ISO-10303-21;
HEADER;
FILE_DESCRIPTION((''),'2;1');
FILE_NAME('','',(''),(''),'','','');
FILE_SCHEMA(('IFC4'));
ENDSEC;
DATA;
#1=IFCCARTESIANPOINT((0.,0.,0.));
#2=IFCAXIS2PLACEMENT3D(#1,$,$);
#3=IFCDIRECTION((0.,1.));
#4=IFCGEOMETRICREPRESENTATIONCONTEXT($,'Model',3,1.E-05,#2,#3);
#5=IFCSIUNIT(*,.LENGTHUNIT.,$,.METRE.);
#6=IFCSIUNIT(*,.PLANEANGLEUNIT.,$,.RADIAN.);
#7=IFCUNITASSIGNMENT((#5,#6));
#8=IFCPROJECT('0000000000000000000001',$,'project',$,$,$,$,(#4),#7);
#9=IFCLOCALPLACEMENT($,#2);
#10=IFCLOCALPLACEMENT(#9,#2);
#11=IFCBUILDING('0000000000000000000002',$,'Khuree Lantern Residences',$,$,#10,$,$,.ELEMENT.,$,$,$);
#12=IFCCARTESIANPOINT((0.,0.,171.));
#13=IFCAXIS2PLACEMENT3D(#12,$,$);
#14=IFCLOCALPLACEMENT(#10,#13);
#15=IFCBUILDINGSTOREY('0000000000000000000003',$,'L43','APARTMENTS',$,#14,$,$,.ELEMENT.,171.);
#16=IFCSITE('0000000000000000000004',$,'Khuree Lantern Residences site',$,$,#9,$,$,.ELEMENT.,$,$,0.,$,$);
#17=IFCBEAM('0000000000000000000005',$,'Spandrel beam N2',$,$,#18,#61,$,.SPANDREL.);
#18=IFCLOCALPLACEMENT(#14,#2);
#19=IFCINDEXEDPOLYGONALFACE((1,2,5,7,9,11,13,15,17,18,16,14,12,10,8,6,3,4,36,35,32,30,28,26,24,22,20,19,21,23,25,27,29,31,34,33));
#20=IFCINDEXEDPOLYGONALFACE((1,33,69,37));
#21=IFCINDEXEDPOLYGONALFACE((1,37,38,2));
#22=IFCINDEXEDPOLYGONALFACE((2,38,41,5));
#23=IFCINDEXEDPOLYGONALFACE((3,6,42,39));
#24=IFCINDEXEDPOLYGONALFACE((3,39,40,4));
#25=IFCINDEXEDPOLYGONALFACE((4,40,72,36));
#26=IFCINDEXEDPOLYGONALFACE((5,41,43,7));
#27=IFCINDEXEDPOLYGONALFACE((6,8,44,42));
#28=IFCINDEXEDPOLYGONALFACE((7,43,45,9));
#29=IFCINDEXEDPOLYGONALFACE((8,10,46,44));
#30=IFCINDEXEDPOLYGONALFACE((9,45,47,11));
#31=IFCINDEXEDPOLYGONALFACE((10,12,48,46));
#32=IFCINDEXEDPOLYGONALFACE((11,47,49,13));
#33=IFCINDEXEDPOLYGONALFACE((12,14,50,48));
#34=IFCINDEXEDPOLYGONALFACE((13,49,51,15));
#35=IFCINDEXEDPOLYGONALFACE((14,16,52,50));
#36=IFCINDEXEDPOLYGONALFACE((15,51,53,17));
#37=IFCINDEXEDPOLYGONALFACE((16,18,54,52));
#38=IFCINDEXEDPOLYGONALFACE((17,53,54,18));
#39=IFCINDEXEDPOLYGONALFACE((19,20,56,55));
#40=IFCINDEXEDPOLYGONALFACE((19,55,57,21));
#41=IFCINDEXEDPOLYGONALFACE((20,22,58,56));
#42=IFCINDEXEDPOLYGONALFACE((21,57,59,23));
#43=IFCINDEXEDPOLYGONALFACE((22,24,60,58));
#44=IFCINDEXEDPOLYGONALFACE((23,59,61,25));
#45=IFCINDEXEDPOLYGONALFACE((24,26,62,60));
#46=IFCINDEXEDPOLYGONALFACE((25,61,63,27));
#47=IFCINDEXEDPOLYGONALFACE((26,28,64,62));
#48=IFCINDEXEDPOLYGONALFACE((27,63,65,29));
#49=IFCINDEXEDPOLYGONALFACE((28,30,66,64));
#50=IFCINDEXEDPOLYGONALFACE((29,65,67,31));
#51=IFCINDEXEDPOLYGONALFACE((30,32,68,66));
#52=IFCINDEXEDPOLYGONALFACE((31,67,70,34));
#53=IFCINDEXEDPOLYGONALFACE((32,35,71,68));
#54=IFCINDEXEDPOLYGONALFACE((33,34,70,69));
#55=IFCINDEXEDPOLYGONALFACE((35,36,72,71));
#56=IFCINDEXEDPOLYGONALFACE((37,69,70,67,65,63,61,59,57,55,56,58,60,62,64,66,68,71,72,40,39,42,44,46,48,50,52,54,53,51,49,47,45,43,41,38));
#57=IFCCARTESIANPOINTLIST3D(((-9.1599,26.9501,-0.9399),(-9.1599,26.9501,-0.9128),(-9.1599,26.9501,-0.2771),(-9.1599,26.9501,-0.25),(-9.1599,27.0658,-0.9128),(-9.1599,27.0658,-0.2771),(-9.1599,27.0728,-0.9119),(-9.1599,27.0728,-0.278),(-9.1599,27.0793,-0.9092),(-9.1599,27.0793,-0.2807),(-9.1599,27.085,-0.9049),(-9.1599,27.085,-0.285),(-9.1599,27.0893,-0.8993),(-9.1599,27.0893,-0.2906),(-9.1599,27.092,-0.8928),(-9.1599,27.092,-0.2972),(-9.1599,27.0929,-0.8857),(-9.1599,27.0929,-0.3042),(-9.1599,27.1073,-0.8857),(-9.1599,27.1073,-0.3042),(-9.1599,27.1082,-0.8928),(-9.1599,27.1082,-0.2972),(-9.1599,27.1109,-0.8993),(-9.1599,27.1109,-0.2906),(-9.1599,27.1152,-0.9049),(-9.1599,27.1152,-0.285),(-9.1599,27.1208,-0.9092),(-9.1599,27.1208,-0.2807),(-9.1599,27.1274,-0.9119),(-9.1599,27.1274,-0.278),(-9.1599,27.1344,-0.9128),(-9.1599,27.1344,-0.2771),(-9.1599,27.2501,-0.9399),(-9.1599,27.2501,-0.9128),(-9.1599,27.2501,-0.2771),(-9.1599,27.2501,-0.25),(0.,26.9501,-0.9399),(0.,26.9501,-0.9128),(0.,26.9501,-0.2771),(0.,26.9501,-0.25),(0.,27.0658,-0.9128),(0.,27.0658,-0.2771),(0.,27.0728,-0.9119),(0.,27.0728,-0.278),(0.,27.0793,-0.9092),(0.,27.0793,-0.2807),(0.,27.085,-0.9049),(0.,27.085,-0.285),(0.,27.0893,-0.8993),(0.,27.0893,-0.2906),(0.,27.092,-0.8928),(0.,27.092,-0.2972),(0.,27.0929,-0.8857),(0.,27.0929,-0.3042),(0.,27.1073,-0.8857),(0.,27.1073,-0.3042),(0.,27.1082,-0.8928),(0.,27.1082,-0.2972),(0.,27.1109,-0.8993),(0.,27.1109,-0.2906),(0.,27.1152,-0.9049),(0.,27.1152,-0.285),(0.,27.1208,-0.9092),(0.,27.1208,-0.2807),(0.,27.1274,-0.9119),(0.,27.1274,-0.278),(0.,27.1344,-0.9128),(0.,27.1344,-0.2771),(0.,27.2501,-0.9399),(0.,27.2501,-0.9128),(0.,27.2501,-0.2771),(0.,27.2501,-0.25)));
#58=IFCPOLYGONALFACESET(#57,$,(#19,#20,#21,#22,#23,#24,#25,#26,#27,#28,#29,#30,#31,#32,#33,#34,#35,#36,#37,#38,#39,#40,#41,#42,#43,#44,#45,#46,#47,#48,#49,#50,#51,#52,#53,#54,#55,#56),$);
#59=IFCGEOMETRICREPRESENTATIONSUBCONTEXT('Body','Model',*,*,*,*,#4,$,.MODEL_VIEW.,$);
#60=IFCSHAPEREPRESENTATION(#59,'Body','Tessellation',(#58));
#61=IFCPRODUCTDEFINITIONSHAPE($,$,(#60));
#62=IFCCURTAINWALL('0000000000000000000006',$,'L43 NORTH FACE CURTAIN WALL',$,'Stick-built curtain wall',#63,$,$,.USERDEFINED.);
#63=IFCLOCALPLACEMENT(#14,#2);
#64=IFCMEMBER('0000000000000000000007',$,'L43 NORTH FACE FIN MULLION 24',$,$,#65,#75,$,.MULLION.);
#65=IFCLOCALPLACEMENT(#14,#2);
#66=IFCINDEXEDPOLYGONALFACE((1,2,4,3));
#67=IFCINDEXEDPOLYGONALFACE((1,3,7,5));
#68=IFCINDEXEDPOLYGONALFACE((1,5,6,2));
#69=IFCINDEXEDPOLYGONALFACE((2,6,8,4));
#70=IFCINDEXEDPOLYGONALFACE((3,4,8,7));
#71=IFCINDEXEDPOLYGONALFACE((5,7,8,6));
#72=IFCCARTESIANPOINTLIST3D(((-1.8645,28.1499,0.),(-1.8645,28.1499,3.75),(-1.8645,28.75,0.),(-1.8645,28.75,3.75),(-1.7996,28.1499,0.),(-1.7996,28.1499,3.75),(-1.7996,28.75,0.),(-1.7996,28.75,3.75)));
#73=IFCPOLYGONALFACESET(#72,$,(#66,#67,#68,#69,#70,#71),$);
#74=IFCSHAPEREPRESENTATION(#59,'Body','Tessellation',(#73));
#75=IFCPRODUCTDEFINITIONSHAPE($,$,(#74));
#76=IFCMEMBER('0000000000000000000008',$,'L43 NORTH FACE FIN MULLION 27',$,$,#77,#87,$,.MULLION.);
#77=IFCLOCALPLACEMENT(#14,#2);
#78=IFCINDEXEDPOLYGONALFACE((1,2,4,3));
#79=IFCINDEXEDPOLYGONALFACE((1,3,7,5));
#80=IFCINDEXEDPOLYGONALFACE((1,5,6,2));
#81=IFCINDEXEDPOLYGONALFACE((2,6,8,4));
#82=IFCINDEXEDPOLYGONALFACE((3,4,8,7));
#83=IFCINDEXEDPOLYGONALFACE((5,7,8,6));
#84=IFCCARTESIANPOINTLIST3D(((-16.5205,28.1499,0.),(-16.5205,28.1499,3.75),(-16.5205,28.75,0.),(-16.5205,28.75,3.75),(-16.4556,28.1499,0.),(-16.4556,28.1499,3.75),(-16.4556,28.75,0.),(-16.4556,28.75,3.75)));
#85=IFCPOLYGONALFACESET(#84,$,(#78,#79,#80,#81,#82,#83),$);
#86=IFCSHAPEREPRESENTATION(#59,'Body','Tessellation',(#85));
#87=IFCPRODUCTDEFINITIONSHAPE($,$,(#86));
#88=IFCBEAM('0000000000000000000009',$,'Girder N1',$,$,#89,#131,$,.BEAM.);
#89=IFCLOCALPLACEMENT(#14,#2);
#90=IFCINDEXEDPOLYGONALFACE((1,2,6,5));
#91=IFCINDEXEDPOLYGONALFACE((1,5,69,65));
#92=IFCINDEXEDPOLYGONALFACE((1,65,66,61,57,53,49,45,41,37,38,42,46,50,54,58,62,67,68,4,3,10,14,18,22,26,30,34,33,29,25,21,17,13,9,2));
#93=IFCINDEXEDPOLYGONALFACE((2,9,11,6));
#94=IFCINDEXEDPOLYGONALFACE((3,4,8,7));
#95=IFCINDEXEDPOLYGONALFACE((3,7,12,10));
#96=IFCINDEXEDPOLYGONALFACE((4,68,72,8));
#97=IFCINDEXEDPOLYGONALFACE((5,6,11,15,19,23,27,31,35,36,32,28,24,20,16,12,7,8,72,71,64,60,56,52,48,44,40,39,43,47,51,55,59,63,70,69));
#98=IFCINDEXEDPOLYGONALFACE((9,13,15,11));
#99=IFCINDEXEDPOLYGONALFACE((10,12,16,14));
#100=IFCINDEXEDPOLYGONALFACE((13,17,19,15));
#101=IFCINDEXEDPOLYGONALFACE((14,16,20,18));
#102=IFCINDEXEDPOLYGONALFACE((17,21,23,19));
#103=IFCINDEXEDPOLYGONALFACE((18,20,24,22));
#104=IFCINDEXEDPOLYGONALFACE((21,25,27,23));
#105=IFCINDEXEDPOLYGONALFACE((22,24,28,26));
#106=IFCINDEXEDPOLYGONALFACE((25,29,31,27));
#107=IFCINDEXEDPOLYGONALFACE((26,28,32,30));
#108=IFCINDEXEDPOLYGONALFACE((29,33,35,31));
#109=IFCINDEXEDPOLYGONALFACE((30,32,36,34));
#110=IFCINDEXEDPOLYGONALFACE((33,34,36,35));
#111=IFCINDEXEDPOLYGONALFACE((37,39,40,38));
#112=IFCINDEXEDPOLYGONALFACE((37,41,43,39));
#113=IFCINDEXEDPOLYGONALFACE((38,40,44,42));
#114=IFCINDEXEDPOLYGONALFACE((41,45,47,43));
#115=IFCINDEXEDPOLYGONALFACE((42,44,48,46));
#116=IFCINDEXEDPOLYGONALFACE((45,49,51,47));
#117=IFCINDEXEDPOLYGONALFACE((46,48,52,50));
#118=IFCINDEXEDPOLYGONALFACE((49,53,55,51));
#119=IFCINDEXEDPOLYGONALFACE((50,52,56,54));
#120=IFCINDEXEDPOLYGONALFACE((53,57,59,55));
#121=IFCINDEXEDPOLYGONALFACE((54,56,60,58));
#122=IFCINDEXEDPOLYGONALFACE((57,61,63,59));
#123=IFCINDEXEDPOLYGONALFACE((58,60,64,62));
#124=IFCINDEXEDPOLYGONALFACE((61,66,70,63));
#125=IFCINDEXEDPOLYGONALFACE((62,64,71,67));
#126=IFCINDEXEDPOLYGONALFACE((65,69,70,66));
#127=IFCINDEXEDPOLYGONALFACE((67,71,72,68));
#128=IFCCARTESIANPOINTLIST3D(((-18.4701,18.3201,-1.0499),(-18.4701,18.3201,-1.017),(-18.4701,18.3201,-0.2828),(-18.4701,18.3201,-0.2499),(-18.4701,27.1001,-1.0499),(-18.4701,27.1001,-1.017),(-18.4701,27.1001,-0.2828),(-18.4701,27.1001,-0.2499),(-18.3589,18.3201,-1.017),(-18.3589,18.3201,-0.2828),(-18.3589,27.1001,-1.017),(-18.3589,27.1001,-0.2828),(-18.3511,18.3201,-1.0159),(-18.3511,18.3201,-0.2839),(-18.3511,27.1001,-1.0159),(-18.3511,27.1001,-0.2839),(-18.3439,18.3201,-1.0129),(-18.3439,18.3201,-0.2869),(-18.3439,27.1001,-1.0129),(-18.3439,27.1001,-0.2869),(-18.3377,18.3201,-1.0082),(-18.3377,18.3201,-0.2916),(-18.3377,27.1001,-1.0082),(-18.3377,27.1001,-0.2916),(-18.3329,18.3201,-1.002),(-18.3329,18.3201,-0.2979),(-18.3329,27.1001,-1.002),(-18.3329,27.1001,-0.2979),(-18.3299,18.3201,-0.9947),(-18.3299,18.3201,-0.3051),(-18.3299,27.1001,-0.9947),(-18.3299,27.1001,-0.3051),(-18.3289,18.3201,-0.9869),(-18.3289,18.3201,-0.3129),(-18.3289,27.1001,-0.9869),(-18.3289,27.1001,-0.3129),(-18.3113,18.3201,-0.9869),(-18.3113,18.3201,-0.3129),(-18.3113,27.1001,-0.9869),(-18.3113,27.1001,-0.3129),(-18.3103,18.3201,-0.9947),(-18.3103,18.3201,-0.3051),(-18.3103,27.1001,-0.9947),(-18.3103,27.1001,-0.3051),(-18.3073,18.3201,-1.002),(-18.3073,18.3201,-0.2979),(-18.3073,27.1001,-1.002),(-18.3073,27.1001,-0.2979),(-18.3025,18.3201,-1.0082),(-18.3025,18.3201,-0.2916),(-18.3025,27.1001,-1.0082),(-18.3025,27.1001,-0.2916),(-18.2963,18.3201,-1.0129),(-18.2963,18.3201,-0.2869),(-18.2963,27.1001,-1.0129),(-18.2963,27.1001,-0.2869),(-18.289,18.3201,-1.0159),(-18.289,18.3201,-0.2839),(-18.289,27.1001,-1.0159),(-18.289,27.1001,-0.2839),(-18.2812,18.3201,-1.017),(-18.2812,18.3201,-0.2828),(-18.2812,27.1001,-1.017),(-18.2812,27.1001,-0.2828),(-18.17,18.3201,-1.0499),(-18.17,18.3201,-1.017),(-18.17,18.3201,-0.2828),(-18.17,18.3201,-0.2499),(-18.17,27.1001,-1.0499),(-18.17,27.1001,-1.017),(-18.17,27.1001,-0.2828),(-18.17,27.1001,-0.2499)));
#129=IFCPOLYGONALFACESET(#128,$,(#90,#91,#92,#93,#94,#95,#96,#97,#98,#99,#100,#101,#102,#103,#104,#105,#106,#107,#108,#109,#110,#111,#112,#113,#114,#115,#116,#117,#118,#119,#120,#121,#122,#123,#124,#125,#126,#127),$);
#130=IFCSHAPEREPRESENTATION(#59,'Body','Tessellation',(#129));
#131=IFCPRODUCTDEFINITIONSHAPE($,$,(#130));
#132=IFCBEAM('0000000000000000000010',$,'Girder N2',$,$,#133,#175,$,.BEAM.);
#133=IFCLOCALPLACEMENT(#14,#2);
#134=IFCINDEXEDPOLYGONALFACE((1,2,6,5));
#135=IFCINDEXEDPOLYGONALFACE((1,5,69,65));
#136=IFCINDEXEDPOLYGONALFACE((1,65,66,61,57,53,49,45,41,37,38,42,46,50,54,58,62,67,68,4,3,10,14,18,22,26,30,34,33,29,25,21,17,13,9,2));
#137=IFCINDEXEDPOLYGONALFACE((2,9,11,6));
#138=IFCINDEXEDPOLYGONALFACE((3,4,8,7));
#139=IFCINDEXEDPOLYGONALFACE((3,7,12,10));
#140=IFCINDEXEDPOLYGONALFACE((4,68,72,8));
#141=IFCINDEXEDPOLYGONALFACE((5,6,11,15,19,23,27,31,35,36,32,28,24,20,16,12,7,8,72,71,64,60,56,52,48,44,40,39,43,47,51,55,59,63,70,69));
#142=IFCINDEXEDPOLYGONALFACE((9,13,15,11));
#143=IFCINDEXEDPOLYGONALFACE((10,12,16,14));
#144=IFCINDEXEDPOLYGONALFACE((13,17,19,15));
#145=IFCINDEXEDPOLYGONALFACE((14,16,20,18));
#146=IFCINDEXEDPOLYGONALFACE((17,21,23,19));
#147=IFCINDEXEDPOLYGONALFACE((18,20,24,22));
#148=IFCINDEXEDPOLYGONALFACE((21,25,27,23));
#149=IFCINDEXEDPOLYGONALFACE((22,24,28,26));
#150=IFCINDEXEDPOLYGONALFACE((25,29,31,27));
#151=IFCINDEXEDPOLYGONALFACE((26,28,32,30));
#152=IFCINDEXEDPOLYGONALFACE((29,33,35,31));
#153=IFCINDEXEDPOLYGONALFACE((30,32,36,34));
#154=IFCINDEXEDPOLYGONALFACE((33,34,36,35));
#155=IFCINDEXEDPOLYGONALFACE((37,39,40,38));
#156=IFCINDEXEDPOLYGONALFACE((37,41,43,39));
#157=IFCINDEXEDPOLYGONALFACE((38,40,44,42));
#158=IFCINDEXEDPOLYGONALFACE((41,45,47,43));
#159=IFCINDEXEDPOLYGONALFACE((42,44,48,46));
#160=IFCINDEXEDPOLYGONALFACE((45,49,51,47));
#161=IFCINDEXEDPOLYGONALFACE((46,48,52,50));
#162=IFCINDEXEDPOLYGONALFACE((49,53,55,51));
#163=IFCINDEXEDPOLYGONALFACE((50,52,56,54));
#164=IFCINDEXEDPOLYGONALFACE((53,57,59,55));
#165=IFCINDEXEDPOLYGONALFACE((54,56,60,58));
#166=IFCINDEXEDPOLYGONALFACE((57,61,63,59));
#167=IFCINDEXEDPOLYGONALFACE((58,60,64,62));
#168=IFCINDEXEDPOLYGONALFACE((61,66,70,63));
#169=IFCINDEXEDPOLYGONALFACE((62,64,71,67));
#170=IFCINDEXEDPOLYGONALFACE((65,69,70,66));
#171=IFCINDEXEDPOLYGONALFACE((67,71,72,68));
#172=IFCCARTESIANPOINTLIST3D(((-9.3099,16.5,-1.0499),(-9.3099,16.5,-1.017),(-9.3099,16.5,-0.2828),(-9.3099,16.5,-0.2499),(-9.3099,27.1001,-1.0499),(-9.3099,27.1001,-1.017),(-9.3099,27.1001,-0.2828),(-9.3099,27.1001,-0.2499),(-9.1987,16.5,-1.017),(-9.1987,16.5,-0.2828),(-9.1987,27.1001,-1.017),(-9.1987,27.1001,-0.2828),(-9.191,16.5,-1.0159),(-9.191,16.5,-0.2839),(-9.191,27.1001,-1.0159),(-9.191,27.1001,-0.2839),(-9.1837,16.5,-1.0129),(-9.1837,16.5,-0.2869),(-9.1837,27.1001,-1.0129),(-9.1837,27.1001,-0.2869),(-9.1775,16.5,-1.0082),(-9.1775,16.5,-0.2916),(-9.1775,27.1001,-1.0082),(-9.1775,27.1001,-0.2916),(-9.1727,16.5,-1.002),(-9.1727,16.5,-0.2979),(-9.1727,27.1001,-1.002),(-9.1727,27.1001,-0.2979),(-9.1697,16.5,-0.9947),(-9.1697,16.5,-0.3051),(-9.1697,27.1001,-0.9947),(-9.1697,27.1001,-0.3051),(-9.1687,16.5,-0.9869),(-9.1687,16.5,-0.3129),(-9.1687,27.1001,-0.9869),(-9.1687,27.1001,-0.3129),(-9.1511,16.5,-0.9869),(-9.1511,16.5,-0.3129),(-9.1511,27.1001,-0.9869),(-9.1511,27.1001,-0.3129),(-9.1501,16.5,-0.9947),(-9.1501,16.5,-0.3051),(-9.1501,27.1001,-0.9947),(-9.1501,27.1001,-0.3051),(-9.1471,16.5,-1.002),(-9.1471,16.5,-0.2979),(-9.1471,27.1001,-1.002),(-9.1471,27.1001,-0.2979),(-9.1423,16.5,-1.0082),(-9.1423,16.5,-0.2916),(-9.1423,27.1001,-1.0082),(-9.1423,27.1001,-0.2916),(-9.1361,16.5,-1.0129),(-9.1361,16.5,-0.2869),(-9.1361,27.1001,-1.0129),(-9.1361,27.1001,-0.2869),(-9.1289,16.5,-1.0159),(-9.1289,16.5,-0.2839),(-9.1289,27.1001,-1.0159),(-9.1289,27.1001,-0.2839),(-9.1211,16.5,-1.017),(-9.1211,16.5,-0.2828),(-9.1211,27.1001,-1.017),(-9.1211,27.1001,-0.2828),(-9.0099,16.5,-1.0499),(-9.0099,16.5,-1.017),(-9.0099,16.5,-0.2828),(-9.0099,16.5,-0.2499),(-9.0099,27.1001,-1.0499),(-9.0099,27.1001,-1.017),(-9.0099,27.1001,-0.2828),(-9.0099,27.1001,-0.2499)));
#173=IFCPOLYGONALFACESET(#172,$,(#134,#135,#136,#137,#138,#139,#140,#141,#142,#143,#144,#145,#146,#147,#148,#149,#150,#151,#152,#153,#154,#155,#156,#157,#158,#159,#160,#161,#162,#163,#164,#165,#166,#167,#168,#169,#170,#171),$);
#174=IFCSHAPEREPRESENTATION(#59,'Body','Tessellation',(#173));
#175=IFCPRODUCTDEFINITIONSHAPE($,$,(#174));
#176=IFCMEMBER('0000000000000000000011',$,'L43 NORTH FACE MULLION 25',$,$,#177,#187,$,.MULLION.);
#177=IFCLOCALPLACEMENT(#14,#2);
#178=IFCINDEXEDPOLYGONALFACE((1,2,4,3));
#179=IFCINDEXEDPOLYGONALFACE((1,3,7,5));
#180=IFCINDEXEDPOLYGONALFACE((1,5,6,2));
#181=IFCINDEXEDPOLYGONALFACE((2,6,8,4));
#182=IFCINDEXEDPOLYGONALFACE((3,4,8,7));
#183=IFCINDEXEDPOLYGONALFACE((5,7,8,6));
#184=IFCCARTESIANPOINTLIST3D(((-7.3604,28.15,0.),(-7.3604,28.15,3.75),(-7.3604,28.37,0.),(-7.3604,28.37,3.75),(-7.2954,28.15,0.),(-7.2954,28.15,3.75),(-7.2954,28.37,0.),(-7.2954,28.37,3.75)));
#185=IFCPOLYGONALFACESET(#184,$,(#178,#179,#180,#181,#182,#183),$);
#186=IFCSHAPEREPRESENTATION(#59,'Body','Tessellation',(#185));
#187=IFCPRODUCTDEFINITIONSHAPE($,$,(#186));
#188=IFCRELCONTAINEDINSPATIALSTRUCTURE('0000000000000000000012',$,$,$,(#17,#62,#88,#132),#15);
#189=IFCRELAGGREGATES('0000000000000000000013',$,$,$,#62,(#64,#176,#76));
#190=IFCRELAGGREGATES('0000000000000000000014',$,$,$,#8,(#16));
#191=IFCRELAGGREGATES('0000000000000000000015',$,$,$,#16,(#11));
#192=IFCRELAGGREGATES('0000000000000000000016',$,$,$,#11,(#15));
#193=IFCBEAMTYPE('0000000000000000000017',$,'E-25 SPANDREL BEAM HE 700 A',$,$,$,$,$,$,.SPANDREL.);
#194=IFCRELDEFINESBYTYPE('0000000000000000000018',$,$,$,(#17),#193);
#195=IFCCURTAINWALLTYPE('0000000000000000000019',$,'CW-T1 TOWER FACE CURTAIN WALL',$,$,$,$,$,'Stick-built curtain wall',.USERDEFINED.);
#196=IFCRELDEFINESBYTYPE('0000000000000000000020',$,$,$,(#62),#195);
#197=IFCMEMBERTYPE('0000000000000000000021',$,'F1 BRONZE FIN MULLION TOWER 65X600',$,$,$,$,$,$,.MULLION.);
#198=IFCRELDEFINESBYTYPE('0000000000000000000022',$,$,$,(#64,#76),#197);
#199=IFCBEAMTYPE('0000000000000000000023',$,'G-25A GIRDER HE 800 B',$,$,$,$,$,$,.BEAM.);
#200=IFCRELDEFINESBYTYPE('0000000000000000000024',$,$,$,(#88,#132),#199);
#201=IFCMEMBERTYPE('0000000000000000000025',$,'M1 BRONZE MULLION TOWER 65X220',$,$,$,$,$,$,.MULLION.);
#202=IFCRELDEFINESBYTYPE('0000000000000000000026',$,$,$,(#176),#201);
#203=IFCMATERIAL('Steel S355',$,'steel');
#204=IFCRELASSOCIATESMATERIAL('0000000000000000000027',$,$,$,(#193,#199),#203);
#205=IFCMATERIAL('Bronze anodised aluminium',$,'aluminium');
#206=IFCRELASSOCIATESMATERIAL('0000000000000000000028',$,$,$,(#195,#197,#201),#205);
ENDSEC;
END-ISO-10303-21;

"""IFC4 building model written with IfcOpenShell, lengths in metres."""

from ifc_helpers import new_model, si_unit, direction, frame, origin, origin_2d, place, context, subcontext, project, spatial, rectangle, i_section, extrude, material, material_profile, profile_set, type_object, element, aggregate, save


model = new_model("IFC4")

# Units and contexts
model_context = context("Model", 3, precision=1e-05, world=origin(), true_north=direction((0.0, 1.0)))
body_context = subcontext(model_context, "Body", "Model", "MODEL_VIEW")
ifc_project = project(units=[si_unit("LENGTHUNIT", "METRE"), si_unit("PLANEANGLEUNIT", "RADIAN")], contexts=[model_context])

# Site, building, storey
site_placement = place(None, origin())
site = spatial("IfcSite", under=ifc_project, at=site_placement, Name="Khuree Lantern Residences site", CompositionType="ELEMENT", RefElevation=0.0)
building_placement = place(site_placement, origin())
building = spatial("IfcBuilding", under=site, at=building_placement, Name="Khuree Lantern Residences", CompositionType="ELEMENT")
storey_placement = place(building_placement, frame((0.0, 0.0, 171.0)))
storey = spatial("IfcBuildingStorey", under=building, at=storey_placement, Name="L43", Description="APARTMENTS", CompositionType="ELEMENT", Elevation=171.0)

# Beam
ifc_material_1 = material(Name="Steel S355", Category="steel")
ifc_material_profile_1 = material_profile(ifc_material_1, i_section(OverallWidth=0.3, OverallDepth=0.6899, WebThickness=0.0144, FlangeThickness=0.0271, FilletRadius=0.0271, at=origin_2d()), Name="HE 700 A")
ifc_profile_set_1 = profile_set([ifc_material_profile_1], Name="Steel S355")
beam_type_1 = type_object("IfcBeamType", Name="E-25 SPANDREL BEAM HE 700 A", PredefinedType="SPANDREL", material=ifc_profile_set_1)
beam_1_placement = place(storey_placement, frame((-9.1599, 27.1001, -0.595), z_axis=(1.0, 0.0, 0.0), x_axis=(0.0, 1.0, 0.0)))
element("IfcBeam", 1, at=beam_1_placement, inside=storey, type_object=beam_type_1, Name="Spandrel beam N2", PredefinedType="SPANDREL", context=body_context, shape_type="SweptSolid", body=[
    extrude(i_section(OverallWidth=0.3, OverallDepth=0.6899, WebThickness=0.0144, FlangeThickness=0.0271, FilletRadius=0.0271, at=origin_2d()), origin(), (0.0, 0.0, 1.0), 9.1599),
])

# Curtain wall, members
ifc_material_2 = material(Name="Bronze anodised aluminium", Category="aluminium")
curtain_wall_type = type_object("IfcCurtainWallType", Name="CW-T1 TOWER FACE CURTAIN WALL", ElementType="Stick-built curtain wall", PredefinedType="USERDEFINED", material=ifc_material_2)
curtain_wall_placement = place(storey_placement, origin())
curtain_wall = element("IfcCurtainWall", 2, at=curtain_wall_placement, inside=storey, type_object=curtain_wall_type, Name="L43 NORTH FACE CURTAIN WALL", ObjectType="Stick-built curtain wall", PredefinedType="USERDEFINED")
ifc_material_profile_2 = material_profile(ifc_material_2, rectangle(XDim=0.0649, YDim=0.6001, at=origin_2d()), Name="F1 65X600")
ifc_profile_set_2 = profile_set([ifc_material_profile_2], Name="Bronze anodised aluminium")
member_type_1 = type_object("IfcMemberType", Name="F1 BRONZE FIN MULLION TOWER 65X600", PredefinedType="MULLION", material=ifc_profile_set_2)
member_1_placement = place(storey_placement, frame((-1.832, 28.45, 0.0), z_axis=(0.0, 0.0, 1.0), x_axis=(-1.0, 0.0, 0.0)))
member_1 = element("IfcMember", 3, at=member_1_placement, type_object=member_type_1, Name="L43 NORTH FACE FIN MULLION 24", PredefinedType="MULLION", context=body_context, shape_type="SweptSolid", body=[
    extrude(rectangle(XDim=0.0649, YDim=0.6001, at=origin_2d()), origin(), (0.0, 0.0, 1.0), 3.75),
])
member_2_placement = place(storey_placement, frame((-16.488, 28.45, 0.0), z_axis=(0.0, 0.0, 1.0), x_axis=(-1.0, 0.0, 0.0)))
member_2 = element("IfcMember", 4, at=member_2_placement, type_object=member_type_1, Name="L43 NORTH FACE FIN MULLION 27", PredefinedType="MULLION", context=body_context, shape_type="SweptSolid", body=[
    extrude(rectangle(XDim=0.0649, YDim=0.6001, at=origin_2d()), origin(), (0.0, 0.0, 1.0), 3.75),
])

# Beams
ifc_material_profile_3 = material_profile(ifc_material_1, i_section(OverallWidth=0.3, OverallDepth=0.8, WebThickness=0.0176, FlangeThickness=0.033, FilletRadius=0.03, at=origin_2d()), Name="HE 800 B")
ifc_profile_set_3 = profile_set([ifc_material_profile_3], Name="Steel S355")
beam_type_2 = type_object("IfcBeamType", Name="G-25A GIRDER HE 800 B", PredefinedType="BEAM", material=ifc_profile_set_3)
beam_2_placement = place(storey_placement, frame((-18.3201, 27.1001, -0.6499), z_axis=(0.0, -1.0, 0.0), x_axis=(1.0, 0.0, 0.0)))
element("IfcBeam", 5, at=beam_2_placement, inside=storey, type_object=beam_type_2, Name="Girder N1", PredefinedType="BEAM", context=body_context, shape_type="SweptSolid", body=[
    extrude(i_section(OverallWidth=0.3, OverallDepth=0.8, WebThickness=0.0176, FlangeThickness=0.033, FilletRadius=0.03, at=origin_2d()), origin(), (0.0, 0.0, 1.0), 8.78),
])
beam_3_placement = place(storey_placement, frame((-9.1599, 27.1001, -0.6499), z_axis=(0.0, -1.0, 0.0), x_axis=(1.0, 0.0, 0.0)))
element("IfcBeam", 6, at=beam_3_placement, inside=storey, type_object=beam_type_2, Name="Girder N2", PredefinedType="BEAM", context=body_context, shape_type="SweptSolid", body=[
    extrude(i_section(OverallWidth=0.3, OverallDepth=0.8, WebThickness=0.0176, FlangeThickness=0.033, FilletRadius=0.03, at=origin_2d()), origin(), (0.0, 0.0, 1.0), 10.6001),
])

# Member
ifc_material_profile_4 = material_profile(ifc_material_2, rectangle(XDim=0.0649, YDim=0.22, at=origin_2d()), Name="M1 65X220")
ifc_profile_set_4 = profile_set([ifc_material_profile_4], Name="Bronze anodised aluminium")
member_type_2 = type_object("IfcMemberType", Name="M1 BRONZE MULLION TOWER 65X220", PredefinedType="MULLION", material=ifc_profile_set_4)
member_3_placement = place(storey_placement, frame((-7.3279, 28.26, 0.0), z_axis=(0.0, 0.0, 1.0), x_axis=(-1.0, 0.0, 0.0)))
member_3 = element("IfcMember", 7, at=member_3_placement, type_object=member_type_2, Name="L43 NORTH FACE MULLION 25", PredefinedType="MULLION", context=body_context, shape_type="SweptSolid", body=[
    extrude(rectangle(XDim=0.0649, YDim=0.22, at=origin_2d()), origin(), (0.0, 0.0, 1.0), 3.75),
])

aggregate(curtain_wall, [member_1, member_3, member_2])

save(model, "model.ifc")
